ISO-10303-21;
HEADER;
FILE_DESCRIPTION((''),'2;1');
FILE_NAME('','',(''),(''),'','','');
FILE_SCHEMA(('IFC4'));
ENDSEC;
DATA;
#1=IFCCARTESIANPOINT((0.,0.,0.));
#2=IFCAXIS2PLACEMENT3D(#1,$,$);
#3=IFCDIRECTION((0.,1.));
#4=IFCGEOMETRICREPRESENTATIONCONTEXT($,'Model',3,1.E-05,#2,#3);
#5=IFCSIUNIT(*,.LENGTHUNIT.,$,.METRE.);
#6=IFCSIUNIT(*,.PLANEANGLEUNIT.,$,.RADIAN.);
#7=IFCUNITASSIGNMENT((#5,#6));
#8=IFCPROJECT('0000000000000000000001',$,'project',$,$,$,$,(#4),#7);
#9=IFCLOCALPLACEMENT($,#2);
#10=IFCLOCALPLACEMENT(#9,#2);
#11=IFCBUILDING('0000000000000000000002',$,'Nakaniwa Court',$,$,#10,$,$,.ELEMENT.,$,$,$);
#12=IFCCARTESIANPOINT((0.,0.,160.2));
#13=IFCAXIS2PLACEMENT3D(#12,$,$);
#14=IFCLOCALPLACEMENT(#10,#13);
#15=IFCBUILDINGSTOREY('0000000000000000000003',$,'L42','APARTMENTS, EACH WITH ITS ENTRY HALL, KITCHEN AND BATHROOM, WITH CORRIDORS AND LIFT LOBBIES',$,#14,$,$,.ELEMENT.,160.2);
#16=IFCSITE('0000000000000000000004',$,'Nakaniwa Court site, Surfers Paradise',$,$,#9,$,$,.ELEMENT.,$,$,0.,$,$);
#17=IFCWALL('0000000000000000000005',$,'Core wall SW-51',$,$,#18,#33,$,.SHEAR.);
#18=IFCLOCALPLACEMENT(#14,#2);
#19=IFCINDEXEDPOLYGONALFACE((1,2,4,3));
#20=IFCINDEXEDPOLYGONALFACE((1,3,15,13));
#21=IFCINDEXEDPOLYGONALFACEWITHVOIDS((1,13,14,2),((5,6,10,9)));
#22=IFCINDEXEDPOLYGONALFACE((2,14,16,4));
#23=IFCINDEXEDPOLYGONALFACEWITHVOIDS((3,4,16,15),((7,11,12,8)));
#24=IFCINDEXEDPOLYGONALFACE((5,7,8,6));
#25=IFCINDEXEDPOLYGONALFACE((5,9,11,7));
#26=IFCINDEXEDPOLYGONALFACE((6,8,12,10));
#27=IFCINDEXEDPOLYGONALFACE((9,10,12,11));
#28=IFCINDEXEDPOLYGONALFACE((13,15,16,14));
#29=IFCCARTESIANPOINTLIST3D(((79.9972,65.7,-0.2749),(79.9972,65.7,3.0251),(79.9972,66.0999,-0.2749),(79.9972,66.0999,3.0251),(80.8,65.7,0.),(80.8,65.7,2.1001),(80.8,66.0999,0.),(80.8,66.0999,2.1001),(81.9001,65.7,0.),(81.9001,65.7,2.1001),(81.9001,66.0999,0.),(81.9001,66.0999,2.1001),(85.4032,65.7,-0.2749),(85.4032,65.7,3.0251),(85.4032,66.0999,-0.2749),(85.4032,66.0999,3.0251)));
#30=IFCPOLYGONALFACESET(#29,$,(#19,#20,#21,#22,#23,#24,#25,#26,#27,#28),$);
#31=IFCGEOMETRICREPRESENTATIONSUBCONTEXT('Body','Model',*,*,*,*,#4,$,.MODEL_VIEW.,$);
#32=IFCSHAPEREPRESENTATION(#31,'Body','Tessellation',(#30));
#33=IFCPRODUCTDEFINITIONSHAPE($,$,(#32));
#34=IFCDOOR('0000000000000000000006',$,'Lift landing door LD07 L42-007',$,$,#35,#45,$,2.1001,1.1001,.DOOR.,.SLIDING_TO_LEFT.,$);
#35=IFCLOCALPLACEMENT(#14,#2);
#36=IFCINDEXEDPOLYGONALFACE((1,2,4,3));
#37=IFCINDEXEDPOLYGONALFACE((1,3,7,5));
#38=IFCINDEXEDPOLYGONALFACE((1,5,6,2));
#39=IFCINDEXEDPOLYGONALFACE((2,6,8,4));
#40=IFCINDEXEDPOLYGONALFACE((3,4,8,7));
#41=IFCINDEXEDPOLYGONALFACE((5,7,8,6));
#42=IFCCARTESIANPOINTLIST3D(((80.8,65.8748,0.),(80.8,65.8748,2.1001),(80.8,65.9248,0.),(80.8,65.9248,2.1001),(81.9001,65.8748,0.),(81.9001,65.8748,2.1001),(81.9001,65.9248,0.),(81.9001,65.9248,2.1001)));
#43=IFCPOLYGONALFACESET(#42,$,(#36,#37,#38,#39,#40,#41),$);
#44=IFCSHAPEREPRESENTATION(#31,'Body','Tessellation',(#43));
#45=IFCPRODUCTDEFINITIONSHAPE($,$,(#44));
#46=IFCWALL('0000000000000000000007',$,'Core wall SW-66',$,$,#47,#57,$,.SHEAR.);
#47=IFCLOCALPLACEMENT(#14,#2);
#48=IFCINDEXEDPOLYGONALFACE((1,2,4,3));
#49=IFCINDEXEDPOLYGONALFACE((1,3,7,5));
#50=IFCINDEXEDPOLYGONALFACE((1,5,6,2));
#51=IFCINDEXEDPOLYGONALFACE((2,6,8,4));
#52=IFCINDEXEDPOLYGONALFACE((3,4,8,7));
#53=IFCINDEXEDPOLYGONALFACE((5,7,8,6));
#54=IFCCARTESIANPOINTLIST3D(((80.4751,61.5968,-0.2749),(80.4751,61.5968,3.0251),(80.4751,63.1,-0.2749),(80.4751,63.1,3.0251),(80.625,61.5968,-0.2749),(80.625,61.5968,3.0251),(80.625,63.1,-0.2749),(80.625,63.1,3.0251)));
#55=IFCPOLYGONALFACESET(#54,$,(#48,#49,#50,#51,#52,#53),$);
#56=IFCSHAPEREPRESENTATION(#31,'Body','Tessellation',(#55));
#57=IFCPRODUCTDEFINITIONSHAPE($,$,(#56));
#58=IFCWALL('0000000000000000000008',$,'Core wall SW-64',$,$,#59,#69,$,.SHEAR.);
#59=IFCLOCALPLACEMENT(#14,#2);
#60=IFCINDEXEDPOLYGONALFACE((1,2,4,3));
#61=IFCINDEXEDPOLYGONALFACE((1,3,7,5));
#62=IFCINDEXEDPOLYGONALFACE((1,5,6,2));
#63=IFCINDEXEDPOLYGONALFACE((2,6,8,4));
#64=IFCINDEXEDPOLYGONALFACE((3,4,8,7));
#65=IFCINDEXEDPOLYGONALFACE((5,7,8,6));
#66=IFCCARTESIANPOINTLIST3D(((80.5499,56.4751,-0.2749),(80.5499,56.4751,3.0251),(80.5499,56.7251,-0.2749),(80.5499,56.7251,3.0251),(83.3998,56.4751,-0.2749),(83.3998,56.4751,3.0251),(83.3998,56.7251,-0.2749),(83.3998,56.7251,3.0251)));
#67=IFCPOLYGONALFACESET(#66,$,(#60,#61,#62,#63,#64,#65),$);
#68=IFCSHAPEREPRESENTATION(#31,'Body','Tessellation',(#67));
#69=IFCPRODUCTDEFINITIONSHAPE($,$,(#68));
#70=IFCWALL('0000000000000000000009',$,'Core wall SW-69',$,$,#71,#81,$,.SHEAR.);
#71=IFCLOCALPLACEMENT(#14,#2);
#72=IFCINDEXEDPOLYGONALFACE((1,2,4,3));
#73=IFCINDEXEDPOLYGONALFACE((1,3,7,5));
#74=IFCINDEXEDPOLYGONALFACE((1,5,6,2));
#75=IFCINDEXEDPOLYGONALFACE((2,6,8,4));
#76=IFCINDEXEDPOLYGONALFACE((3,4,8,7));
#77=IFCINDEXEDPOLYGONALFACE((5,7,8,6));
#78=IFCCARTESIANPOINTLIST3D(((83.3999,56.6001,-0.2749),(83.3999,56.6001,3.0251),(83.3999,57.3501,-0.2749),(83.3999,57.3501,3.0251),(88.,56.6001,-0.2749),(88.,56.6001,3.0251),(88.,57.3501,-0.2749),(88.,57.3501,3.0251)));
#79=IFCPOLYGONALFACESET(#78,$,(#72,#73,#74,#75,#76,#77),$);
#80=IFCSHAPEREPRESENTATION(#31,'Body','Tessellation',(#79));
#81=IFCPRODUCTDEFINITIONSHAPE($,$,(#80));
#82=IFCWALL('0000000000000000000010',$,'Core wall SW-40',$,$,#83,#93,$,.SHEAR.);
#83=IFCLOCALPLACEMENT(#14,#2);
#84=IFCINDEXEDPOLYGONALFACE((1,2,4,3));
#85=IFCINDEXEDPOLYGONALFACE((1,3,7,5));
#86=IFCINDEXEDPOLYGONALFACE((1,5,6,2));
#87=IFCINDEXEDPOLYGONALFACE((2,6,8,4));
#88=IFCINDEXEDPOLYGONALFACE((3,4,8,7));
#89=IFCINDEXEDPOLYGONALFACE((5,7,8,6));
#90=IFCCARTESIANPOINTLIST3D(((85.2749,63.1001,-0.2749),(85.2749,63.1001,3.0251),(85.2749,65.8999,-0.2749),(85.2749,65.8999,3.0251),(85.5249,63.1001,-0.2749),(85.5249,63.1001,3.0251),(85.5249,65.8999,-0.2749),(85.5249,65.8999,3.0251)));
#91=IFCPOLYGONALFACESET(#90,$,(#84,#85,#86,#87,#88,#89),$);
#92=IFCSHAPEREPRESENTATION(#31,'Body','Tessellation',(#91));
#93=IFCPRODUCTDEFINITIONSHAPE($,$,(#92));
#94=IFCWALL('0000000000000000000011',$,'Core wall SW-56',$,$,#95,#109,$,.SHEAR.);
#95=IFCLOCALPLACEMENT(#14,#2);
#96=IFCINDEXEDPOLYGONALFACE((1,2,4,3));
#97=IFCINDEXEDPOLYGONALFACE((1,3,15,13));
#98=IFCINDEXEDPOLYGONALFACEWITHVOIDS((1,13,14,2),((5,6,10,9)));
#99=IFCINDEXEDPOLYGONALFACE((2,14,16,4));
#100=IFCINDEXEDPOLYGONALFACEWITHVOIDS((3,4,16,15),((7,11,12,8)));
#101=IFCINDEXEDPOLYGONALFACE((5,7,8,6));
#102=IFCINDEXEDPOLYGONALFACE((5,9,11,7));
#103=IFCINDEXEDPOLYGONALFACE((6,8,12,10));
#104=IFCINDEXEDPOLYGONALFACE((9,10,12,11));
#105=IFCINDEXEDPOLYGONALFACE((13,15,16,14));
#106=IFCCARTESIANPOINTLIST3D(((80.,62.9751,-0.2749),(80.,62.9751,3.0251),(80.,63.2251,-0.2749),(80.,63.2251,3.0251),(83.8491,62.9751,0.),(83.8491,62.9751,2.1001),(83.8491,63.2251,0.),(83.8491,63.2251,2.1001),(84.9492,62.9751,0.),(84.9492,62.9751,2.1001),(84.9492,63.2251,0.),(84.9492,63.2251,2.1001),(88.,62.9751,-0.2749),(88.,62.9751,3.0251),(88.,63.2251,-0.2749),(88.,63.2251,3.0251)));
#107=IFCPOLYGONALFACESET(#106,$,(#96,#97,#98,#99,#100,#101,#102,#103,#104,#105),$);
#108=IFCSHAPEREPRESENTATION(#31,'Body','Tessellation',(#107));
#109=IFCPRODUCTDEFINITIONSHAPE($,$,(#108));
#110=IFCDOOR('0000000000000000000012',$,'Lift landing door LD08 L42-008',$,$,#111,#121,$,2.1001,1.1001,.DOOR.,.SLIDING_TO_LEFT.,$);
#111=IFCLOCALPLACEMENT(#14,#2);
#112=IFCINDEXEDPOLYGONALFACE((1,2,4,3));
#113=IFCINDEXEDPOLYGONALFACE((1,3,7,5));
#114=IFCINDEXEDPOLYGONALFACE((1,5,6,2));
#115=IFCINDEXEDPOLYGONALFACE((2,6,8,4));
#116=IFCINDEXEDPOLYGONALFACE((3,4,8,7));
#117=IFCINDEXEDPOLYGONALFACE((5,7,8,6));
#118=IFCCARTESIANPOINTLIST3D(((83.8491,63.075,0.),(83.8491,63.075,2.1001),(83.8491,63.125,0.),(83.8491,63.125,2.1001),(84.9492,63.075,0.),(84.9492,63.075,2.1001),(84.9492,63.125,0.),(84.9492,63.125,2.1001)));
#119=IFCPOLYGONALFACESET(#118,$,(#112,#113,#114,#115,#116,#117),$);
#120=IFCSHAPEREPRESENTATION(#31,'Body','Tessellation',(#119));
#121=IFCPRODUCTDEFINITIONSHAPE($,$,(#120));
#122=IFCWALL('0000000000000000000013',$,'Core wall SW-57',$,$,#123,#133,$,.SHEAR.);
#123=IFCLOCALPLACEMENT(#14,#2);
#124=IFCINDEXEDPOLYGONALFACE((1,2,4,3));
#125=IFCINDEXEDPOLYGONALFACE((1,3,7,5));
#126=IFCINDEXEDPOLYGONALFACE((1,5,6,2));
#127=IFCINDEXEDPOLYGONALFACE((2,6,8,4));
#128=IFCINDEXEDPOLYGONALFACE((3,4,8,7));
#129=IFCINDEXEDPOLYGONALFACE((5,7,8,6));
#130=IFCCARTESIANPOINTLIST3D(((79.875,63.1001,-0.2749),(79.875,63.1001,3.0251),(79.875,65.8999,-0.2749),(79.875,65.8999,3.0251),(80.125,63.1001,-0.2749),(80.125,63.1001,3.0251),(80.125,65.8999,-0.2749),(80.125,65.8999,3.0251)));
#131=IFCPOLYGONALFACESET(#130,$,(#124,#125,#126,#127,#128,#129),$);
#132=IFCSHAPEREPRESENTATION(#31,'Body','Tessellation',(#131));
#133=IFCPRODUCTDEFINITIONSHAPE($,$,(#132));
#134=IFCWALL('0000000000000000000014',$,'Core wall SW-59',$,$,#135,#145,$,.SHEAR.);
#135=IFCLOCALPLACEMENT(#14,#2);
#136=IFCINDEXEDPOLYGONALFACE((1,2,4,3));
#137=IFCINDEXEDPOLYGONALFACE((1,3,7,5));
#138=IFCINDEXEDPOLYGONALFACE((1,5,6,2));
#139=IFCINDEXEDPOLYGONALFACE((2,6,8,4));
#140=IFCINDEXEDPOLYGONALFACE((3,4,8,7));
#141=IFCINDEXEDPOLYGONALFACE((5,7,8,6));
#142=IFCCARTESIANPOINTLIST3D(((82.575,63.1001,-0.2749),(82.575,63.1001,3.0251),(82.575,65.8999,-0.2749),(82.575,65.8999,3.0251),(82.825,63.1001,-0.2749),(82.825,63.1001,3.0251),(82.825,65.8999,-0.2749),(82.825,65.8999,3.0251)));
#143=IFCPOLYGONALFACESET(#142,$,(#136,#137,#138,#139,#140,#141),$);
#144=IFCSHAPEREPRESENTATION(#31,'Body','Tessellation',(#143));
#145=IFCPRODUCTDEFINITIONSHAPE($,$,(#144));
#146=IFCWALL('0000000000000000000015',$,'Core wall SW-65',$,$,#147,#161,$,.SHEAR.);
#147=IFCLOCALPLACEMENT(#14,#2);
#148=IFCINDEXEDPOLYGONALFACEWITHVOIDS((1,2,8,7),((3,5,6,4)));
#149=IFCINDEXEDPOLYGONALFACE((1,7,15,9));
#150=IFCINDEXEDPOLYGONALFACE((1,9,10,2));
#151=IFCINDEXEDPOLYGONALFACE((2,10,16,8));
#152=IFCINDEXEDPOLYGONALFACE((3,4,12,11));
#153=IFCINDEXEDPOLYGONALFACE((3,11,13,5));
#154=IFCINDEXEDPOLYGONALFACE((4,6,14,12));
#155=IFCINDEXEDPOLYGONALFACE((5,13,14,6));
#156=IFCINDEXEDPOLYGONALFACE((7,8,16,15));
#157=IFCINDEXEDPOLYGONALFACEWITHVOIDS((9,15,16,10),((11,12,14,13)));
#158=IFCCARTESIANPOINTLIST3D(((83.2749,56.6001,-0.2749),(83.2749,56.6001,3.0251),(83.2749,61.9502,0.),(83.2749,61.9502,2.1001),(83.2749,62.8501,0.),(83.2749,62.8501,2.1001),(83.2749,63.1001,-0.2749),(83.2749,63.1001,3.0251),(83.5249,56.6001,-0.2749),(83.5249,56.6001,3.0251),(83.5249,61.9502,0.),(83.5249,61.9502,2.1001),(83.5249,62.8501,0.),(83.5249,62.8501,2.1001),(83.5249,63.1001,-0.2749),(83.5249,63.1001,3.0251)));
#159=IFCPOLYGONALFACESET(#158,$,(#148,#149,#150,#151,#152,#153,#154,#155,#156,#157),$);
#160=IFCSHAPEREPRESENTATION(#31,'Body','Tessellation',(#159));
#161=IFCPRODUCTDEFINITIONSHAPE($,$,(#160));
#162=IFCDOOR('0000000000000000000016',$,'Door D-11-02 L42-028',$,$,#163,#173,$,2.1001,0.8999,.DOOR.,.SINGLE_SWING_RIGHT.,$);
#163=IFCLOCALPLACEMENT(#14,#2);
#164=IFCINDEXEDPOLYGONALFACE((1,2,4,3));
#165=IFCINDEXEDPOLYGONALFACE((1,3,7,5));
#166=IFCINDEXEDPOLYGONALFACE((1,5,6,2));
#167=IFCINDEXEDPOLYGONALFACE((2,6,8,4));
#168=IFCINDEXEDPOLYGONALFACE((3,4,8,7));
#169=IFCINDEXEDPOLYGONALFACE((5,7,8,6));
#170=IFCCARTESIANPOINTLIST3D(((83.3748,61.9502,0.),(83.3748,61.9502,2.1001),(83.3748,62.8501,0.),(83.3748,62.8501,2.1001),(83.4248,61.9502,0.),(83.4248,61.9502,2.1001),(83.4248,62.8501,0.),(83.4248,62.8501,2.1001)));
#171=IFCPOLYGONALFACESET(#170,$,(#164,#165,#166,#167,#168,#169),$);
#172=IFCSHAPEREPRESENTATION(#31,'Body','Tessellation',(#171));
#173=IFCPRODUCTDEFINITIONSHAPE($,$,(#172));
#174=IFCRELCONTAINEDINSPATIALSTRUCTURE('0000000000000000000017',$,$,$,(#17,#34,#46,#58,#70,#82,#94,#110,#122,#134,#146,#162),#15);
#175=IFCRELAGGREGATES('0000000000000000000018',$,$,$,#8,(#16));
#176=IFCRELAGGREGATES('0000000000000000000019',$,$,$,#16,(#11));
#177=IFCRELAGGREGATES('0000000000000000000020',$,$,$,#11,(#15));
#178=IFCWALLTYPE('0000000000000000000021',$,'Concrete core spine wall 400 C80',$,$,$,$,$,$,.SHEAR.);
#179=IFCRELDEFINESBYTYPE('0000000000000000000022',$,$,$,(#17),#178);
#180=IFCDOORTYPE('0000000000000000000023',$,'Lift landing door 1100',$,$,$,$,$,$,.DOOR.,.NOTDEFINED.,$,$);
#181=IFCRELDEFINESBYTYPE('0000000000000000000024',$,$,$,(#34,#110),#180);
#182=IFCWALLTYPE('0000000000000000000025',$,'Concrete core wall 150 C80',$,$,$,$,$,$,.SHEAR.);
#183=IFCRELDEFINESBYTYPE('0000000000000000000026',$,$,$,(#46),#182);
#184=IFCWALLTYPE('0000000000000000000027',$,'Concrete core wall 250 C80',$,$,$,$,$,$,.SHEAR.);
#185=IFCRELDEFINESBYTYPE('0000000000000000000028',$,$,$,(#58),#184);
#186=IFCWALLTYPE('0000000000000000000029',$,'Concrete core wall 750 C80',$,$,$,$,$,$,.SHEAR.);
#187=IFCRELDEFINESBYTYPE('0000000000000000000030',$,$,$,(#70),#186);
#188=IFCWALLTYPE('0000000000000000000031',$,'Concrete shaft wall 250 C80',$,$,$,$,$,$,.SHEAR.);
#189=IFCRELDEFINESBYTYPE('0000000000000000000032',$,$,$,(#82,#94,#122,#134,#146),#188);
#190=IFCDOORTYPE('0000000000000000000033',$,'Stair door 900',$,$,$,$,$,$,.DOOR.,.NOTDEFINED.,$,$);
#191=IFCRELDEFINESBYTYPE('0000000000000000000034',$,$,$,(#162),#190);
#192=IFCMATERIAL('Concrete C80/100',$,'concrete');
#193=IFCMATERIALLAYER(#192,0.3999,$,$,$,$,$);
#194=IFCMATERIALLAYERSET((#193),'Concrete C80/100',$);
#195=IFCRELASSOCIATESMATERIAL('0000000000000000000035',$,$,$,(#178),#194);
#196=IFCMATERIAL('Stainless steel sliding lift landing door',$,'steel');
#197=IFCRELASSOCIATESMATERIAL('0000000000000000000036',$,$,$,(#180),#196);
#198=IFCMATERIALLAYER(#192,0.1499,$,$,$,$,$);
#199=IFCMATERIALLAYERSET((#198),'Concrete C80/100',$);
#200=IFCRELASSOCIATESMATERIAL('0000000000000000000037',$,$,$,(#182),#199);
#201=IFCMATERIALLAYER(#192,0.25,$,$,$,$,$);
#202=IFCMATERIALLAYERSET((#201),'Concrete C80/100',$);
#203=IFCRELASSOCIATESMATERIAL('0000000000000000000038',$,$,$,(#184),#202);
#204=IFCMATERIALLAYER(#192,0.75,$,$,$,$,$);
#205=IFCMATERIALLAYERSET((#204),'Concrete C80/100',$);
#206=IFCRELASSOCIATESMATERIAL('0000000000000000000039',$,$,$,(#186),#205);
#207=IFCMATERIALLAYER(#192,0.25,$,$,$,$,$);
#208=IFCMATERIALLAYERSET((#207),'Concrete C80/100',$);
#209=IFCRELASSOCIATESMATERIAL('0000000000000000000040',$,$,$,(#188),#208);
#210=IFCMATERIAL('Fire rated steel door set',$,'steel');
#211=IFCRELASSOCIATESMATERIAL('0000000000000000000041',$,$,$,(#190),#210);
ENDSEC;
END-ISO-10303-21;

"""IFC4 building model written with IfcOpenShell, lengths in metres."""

from ifc_helpers import new_model, si_unit, direction, frame, frame_2d, origin, place, context, subcontext, project, spatial, rectangle, extrude, material, layer, layer_set, type_object, element, fill, save


model = new_model("IFC4")

# Units and contexts
model_context = context("Model", 3, precision=1e-05, world=origin(), true_north=direction((0.0, 1.0)))
body_context = subcontext(model_context, "Body", "Model", "MODEL_VIEW")
ifc_project = project(units=[si_unit("LENGTHUNIT", "METRE"), si_unit("PLANEANGLEUNIT", "RADIAN")], contexts=[model_context])

# Site, building, storey
site_placement = place(None, origin())
site = spatial("IfcSite", under=ifc_project, at=site_placement, Name="Nakaniwa Court site, Surfers Paradise", CompositionType="ELEMENT", RefElevation=0.0)
building_placement = place(site_placement, origin())
building = spatial("IfcBuilding", under=site, at=building_placement, Name="Nakaniwa Court", CompositionType="ELEMENT")
storey_placement = place(building_placement, frame((0.0, 0.0, 160.2)))
storey = spatial("IfcBuildingStorey", under=building, at=storey_placement, Name="L42", Description="APARTMENTS, EACH WITH ITS ENTRY HALL, KITCHEN AND BATHROOM, WITH CORRIDORS AND LIFT LOBBIES", CompositionType="ELEMENT", Elevation=160.2)

# Shared definitions
ifc_material_1 = material(Name="Fire rated steel door set", Category="steel")

# Wall, opening, door
ifc_material_2 = material(Name="Concrete C80/100", Category="concrete")
ifc_layer_1 = layer(ifc_material_2, 0.3999)
ifc_layer_set_1 = layer_set([ifc_layer_1], Name="Concrete C80/100")
wall_type_1 = type_object("IfcWallType", Name="Concrete core spine wall 400 C80", PredefinedType="SHEAR", material=ifc_layer_set_1)
wall_1_placement = place(storey_placement, frame((79.9971, 65.8999, -0.2749), z_axis=(0.0, 0.0, 1.0), x_axis=(1.0, 0.0, 0.0)))
wall_1 = element("IfcWall", 1, at=wall_1_placement, inside=storey, type_object=wall_type_1, Name="Core wall SW-51", PredefinedType="SHEAR", context=body_context, shape_type="SweptSolid", body=[
    extrude(rectangle(XDim=5.406, YDim=0.3999, at=frame_2d((2.7031, 0.0))), origin(), (0.0, 0.0, 1.0), 3.3),
])
opening_1_placement = place(wall_1_placement, frame((0.803, 0.0, 0.2749)))
opening_1 = element("IfcOpeningElement", 2, at=opening_1_placement, cuts=wall_1, PredefinedType="OPENING", context=body_context, shape_type="SweptSolid", body=[
    extrude(rectangle(XDim=1.1001, YDim=2.1001, at=frame_2d((0.55, 1.05))), frame((0.0, 0.21, 0.0), z_axis=(0.0, -1.0, 0.0), x_axis=(1.0, 0.0, 0.0)), (0.0, 0.0, 1.0), 0.4199),
])
ifc_material_3 = material(Name="Stainless steel sliding lift landing door", Category="steel")
door_type_1 = type_object("IfcDoorType", Name="Lift landing door 1100", OperationType="NOTDEFINED", PredefinedType="DOOR", material=ifc_material_3)
door_1_placement = place(opening_1_placement, origin())
door_1 = element("IfcDoor", 3, at=door_1_placement, inside=storey, type_object=door_type_1, Name="Lift landing door LD07 L42-007", OperationType="SLIDING_TO_LEFT", OverallHeight=2.1001, OverallWidth=1.1001, PredefinedType="DOOR", context=body_context, shape_type="SweptSolid", body=[
    extrude(rectangle(XDim=1.1001, YDim=2.1001, at=frame_2d((0.55, 1.05))), frame((0.0, 0.0249, 0.0), z_axis=(0.0, -1.0, 0.0), x_axis=(1.0, 0.0, 0.0)), (0.0, 0.0, 1.0), 0.05),
])
fill(opening_1, door_1)

# Walls
ifc_layer_2 = layer(ifc_material_2, 0.1499)
ifc_layer_set_2 = layer_set([ifc_layer_2], Name="Concrete C80/100")
wall_type_2 = type_object("IfcWallType", Name="Concrete core wall 150 C80", PredefinedType="SHEAR", material=ifc_layer_set_2)
wall_2_placement = place(storey_placement, frame((80.55, 61.5969, -0.2749), z_axis=(0.0, 0.0, 1.0), x_axis=(0.0, 1.0, 0.0)))
element("IfcWall", 4, at=wall_2_placement, inside=storey, type_object=wall_type_2, Name="Core wall SW-66", PredefinedType="SHEAR", context=body_context, shape_type="SweptSolid", body=[
    extrude(rectangle(XDim=1.5032, YDim=0.1499, at=frame_2d((0.7515, 0.0))), origin(), (0.0, 0.0, 1.0), 3.3),
])
ifc_layer_3 = layer(ifc_material_2, 0.25)
ifc_layer_set_3 = layer_set([ifc_layer_3], Name="Concrete C80/100")
wall_type_3 = type_object("IfcWallType", Name="Concrete core wall 250 C80", PredefinedType="SHEAR", material=ifc_layer_set_3)
wall_3_placement = place(storey_placement, frame((80.55, 56.6001, -0.2749), z_axis=(0.0, 0.0, 1.0), x_axis=(1.0, 0.0, 0.0)))
element("IfcWall", 5, at=wall_3_placement, inside=storey, type_object=wall_type_3, Name="Core wall SW-64", PredefinedType="SHEAR", context=body_context, shape_type="SweptSolid", body=[
    extrude(rectangle(XDim=2.8499, YDim=0.25, at=frame_2d((1.4248, 0.0))), origin(), (0.0, 0.0, 1.0), 3.3),
])
ifc_layer_4 = layer(ifc_material_2, 0.75)
ifc_layer_set_4 = layer_set([ifc_layer_4], Name="Concrete C80/100")
wall_type_4 = type_object("IfcWallType", Name="Concrete core wall 750 C80", PredefinedType="SHEAR", material=ifc_layer_set_4)
wall_4_placement = place(storey_placement, frame((83.3999, 56.9751, -0.2749), z_axis=(0.0, 0.0, 1.0), x_axis=(1.0, 0.0, 0.0)))
element("IfcWall", 6, at=wall_4_placement, inside=storey, type_object=wall_type_4, Name="Core wall SW-69", PredefinedType="SHEAR", context=body_context, shape_type="SweptSolid", body=[
    extrude(rectangle(XDim=4.6001, YDim=0.75, at=frame_2d((2.3, 0.0))), origin(), (0.0, 0.0, 1.0), 3.3),
])
ifc_layer_5 = layer(ifc_material_2, 0.25)
ifc_layer_set_5 = layer_set([ifc_layer_5], Name="Concrete C80/100")
wall_type_5 = type_object("IfcWallType", Name="Concrete shaft wall 250 C80", PredefinedType="SHEAR", material=ifc_layer_set_5)
wall_5_placement = place(storey_placement, frame((85.3999, 63.1001, -0.2749), z_axis=(0.0, 0.0, 1.0), x_axis=(0.0, 1.0, 0.0)))
element("IfcWall", 7, at=wall_5_placement, inside=storey, type_object=wall_type_5, Name="Core wall SW-40", PredefinedType="SHEAR", context=body_context, shape_type="SweptSolid", body=[
    extrude(rectangle(XDim=2.7998, YDim=0.25, at=frame_2d((1.3999, 0.0))), origin(), (0.0, 0.0, 1.0), 3.3),
])

# Wall, opening, door
wall_6_placement = place(storey_placement, frame((80.0, 63.1001, -0.2749), z_axis=(0.0, 0.0, 1.0), x_axis=(1.0, 0.0, 0.0)))
wall_6 = element("IfcWall", 8, at=wall_6_placement, inside=storey, type_object=wall_type_5, Name="Core wall SW-56", PredefinedType="SHEAR", context=body_context, shape_type="SweptSolid", body=[
    extrude(rectangle(XDim=8.0, YDim=0.25, at=frame_2d((4.0, 0.0))), origin(), (0.0, 0.0, 1.0), 3.3),
])
opening_2_placement = place(wall_6_placement, frame((3.8491, 0.0, 0.2749)))
opening_2 = element("IfcOpeningElement", 9, at=opening_2_placement, cuts=wall_6, PredefinedType="OPENING", context=body_context, shape_type="SweptSolid", body=[
    extrude(rectangle(XDim=1.1001, YDim=2.1001, at=frame_2d((0.55, 1.05))), frame((0.0, 0.135, 0.0), z_axis=(0.0, -1.0, 0.0), x_axis=(1.0, 0.0, 0.0)), (0.0, 0.0, 1.0), 0.27),
])
door_2_placement = place(opening_2_placement, origin())
door_2 = element("IfcDoor", 10, at=door_2_placement, inside=storey, type_object=door_type_1, Name="Lift landing door LD08 L42-008", OperationType="SLIDING_TO_LEFT", OverallHeight=2.1001, OverallWidth=1.1001, PredefinedType="DOOR", context=body_context, shape_type="SweptSolid", body=[
    extrude(rectangle(XDim=1.1001, YDim=2.1001, at=frame_2d((0.55, 1.05))), frame((0.0, 0.0249, 0.0), z_axis=(0.0, -1.0, 0.0), x_axis=(1.0, 0.0, 0.0)), (0.0, 0.0, 1.0), 0.05),
])
fill(opening_2, door_2)

# Walls
for number, where, z_axis, x_axis, name in (
    (11, (80.0, 63.1001, -0.2749), (0.0, 0.0, 1.0), (0.0, 1.0, 0.0), "Core wall SW-57"),
    (12, (82.7, 63.1001, -0.2749), (0.0, 0.0, 1.0), (0.0, 1.0, 0.0), "Core wall SW-59"),
):
    element("IfcWall", number, at=place(storey_placement, frame(where, z_axis=z_axis, x_axis=x_axis)), inside=storey, type_object=wall_type_5, Name=name, PredefinedType="SHEAR", context=body_context, shape_type="SweptSolid", body=[
        extrude(rectangle(XDim=2.7998, YDim=0.25, at=frame_2d((1.3999, 0.0))), origin(), (0.0, 0.0, 1.0), 3.3),
    ])

# Wall, opening, door
wall_7_placement = place(storey_placement, frame((83.3999, 63.1001, -0.2749), z_axis=(0.0, 0.0, 1.0), x_axis=(0.0, -1.0, 0.0)))
wall_7 = element("IfcWall", 13, at=wall_7_placement, inside=storey, type_object=wall_type_5, Name="Core wall SW-65", PredefinedType="SHEAR", context=body_context, shape_type="SweptSolid", body=[
    extrude(rectangle(XDim=6.5, YDim=0.25, at=frame_2d((3.25, 0.0))), origin(), (0.0, 0.0, 1.0), 3.3),
])
opening_3_placement = place(wall_7_placement, frame((0.25, 0.0, 0.2749)))
opening_3 = element("IfcOpeningElement", 14, at=opening_3_placement, cuts=wall_7, PredefinedType="OPENING", context=body_context, shape_type="SweptSolid", body=[
    extrude(rectangle(XDim=0.8999, YDim=2.1001, at=frame_2d((0.45, 1.05))), frame((0.0, 0.135, 0.0), z_axis=(0.0, -1.0, 0.0), x_axis=(1.0, 0.0, 0.0)), (0.0, 0.0, 1.0), 0.27),
])
door_type_2 = type_object("IfcDoorType", Name="Stair door 900", OperationType="NOTDEFINED", PredefinedType="DOOR", material=ifc_material_1)
door_3_placement = place(opening_3_placement, origin())
door_3 = element("IfcDoor", 15, at=door_3_placement, inside=storey, type_object=door_type_2, Name="Door D-11-02 L42-028", OperationType="SINGLE_SWING_RIGHT", OverallHeight=2.1001, OverallWidth=0.8999, PredefinedType="DOOR", context=body_context, shape_type="SweptSolid", body=[
    extrude(rectangle(XDim=0.8999, YDim=2.1001, at=frame_2d((0.45, 1.05))), frame((0.0, 0.0249, 0.0), z_axis=(0.0, -1.0, 0.0), x_axis=(1.0, 0.0, 0.0)), (0.0, 0.0, 1.0), 0.05),
])
fill(opening_3, door_3)

save(model, "model.ifc")
